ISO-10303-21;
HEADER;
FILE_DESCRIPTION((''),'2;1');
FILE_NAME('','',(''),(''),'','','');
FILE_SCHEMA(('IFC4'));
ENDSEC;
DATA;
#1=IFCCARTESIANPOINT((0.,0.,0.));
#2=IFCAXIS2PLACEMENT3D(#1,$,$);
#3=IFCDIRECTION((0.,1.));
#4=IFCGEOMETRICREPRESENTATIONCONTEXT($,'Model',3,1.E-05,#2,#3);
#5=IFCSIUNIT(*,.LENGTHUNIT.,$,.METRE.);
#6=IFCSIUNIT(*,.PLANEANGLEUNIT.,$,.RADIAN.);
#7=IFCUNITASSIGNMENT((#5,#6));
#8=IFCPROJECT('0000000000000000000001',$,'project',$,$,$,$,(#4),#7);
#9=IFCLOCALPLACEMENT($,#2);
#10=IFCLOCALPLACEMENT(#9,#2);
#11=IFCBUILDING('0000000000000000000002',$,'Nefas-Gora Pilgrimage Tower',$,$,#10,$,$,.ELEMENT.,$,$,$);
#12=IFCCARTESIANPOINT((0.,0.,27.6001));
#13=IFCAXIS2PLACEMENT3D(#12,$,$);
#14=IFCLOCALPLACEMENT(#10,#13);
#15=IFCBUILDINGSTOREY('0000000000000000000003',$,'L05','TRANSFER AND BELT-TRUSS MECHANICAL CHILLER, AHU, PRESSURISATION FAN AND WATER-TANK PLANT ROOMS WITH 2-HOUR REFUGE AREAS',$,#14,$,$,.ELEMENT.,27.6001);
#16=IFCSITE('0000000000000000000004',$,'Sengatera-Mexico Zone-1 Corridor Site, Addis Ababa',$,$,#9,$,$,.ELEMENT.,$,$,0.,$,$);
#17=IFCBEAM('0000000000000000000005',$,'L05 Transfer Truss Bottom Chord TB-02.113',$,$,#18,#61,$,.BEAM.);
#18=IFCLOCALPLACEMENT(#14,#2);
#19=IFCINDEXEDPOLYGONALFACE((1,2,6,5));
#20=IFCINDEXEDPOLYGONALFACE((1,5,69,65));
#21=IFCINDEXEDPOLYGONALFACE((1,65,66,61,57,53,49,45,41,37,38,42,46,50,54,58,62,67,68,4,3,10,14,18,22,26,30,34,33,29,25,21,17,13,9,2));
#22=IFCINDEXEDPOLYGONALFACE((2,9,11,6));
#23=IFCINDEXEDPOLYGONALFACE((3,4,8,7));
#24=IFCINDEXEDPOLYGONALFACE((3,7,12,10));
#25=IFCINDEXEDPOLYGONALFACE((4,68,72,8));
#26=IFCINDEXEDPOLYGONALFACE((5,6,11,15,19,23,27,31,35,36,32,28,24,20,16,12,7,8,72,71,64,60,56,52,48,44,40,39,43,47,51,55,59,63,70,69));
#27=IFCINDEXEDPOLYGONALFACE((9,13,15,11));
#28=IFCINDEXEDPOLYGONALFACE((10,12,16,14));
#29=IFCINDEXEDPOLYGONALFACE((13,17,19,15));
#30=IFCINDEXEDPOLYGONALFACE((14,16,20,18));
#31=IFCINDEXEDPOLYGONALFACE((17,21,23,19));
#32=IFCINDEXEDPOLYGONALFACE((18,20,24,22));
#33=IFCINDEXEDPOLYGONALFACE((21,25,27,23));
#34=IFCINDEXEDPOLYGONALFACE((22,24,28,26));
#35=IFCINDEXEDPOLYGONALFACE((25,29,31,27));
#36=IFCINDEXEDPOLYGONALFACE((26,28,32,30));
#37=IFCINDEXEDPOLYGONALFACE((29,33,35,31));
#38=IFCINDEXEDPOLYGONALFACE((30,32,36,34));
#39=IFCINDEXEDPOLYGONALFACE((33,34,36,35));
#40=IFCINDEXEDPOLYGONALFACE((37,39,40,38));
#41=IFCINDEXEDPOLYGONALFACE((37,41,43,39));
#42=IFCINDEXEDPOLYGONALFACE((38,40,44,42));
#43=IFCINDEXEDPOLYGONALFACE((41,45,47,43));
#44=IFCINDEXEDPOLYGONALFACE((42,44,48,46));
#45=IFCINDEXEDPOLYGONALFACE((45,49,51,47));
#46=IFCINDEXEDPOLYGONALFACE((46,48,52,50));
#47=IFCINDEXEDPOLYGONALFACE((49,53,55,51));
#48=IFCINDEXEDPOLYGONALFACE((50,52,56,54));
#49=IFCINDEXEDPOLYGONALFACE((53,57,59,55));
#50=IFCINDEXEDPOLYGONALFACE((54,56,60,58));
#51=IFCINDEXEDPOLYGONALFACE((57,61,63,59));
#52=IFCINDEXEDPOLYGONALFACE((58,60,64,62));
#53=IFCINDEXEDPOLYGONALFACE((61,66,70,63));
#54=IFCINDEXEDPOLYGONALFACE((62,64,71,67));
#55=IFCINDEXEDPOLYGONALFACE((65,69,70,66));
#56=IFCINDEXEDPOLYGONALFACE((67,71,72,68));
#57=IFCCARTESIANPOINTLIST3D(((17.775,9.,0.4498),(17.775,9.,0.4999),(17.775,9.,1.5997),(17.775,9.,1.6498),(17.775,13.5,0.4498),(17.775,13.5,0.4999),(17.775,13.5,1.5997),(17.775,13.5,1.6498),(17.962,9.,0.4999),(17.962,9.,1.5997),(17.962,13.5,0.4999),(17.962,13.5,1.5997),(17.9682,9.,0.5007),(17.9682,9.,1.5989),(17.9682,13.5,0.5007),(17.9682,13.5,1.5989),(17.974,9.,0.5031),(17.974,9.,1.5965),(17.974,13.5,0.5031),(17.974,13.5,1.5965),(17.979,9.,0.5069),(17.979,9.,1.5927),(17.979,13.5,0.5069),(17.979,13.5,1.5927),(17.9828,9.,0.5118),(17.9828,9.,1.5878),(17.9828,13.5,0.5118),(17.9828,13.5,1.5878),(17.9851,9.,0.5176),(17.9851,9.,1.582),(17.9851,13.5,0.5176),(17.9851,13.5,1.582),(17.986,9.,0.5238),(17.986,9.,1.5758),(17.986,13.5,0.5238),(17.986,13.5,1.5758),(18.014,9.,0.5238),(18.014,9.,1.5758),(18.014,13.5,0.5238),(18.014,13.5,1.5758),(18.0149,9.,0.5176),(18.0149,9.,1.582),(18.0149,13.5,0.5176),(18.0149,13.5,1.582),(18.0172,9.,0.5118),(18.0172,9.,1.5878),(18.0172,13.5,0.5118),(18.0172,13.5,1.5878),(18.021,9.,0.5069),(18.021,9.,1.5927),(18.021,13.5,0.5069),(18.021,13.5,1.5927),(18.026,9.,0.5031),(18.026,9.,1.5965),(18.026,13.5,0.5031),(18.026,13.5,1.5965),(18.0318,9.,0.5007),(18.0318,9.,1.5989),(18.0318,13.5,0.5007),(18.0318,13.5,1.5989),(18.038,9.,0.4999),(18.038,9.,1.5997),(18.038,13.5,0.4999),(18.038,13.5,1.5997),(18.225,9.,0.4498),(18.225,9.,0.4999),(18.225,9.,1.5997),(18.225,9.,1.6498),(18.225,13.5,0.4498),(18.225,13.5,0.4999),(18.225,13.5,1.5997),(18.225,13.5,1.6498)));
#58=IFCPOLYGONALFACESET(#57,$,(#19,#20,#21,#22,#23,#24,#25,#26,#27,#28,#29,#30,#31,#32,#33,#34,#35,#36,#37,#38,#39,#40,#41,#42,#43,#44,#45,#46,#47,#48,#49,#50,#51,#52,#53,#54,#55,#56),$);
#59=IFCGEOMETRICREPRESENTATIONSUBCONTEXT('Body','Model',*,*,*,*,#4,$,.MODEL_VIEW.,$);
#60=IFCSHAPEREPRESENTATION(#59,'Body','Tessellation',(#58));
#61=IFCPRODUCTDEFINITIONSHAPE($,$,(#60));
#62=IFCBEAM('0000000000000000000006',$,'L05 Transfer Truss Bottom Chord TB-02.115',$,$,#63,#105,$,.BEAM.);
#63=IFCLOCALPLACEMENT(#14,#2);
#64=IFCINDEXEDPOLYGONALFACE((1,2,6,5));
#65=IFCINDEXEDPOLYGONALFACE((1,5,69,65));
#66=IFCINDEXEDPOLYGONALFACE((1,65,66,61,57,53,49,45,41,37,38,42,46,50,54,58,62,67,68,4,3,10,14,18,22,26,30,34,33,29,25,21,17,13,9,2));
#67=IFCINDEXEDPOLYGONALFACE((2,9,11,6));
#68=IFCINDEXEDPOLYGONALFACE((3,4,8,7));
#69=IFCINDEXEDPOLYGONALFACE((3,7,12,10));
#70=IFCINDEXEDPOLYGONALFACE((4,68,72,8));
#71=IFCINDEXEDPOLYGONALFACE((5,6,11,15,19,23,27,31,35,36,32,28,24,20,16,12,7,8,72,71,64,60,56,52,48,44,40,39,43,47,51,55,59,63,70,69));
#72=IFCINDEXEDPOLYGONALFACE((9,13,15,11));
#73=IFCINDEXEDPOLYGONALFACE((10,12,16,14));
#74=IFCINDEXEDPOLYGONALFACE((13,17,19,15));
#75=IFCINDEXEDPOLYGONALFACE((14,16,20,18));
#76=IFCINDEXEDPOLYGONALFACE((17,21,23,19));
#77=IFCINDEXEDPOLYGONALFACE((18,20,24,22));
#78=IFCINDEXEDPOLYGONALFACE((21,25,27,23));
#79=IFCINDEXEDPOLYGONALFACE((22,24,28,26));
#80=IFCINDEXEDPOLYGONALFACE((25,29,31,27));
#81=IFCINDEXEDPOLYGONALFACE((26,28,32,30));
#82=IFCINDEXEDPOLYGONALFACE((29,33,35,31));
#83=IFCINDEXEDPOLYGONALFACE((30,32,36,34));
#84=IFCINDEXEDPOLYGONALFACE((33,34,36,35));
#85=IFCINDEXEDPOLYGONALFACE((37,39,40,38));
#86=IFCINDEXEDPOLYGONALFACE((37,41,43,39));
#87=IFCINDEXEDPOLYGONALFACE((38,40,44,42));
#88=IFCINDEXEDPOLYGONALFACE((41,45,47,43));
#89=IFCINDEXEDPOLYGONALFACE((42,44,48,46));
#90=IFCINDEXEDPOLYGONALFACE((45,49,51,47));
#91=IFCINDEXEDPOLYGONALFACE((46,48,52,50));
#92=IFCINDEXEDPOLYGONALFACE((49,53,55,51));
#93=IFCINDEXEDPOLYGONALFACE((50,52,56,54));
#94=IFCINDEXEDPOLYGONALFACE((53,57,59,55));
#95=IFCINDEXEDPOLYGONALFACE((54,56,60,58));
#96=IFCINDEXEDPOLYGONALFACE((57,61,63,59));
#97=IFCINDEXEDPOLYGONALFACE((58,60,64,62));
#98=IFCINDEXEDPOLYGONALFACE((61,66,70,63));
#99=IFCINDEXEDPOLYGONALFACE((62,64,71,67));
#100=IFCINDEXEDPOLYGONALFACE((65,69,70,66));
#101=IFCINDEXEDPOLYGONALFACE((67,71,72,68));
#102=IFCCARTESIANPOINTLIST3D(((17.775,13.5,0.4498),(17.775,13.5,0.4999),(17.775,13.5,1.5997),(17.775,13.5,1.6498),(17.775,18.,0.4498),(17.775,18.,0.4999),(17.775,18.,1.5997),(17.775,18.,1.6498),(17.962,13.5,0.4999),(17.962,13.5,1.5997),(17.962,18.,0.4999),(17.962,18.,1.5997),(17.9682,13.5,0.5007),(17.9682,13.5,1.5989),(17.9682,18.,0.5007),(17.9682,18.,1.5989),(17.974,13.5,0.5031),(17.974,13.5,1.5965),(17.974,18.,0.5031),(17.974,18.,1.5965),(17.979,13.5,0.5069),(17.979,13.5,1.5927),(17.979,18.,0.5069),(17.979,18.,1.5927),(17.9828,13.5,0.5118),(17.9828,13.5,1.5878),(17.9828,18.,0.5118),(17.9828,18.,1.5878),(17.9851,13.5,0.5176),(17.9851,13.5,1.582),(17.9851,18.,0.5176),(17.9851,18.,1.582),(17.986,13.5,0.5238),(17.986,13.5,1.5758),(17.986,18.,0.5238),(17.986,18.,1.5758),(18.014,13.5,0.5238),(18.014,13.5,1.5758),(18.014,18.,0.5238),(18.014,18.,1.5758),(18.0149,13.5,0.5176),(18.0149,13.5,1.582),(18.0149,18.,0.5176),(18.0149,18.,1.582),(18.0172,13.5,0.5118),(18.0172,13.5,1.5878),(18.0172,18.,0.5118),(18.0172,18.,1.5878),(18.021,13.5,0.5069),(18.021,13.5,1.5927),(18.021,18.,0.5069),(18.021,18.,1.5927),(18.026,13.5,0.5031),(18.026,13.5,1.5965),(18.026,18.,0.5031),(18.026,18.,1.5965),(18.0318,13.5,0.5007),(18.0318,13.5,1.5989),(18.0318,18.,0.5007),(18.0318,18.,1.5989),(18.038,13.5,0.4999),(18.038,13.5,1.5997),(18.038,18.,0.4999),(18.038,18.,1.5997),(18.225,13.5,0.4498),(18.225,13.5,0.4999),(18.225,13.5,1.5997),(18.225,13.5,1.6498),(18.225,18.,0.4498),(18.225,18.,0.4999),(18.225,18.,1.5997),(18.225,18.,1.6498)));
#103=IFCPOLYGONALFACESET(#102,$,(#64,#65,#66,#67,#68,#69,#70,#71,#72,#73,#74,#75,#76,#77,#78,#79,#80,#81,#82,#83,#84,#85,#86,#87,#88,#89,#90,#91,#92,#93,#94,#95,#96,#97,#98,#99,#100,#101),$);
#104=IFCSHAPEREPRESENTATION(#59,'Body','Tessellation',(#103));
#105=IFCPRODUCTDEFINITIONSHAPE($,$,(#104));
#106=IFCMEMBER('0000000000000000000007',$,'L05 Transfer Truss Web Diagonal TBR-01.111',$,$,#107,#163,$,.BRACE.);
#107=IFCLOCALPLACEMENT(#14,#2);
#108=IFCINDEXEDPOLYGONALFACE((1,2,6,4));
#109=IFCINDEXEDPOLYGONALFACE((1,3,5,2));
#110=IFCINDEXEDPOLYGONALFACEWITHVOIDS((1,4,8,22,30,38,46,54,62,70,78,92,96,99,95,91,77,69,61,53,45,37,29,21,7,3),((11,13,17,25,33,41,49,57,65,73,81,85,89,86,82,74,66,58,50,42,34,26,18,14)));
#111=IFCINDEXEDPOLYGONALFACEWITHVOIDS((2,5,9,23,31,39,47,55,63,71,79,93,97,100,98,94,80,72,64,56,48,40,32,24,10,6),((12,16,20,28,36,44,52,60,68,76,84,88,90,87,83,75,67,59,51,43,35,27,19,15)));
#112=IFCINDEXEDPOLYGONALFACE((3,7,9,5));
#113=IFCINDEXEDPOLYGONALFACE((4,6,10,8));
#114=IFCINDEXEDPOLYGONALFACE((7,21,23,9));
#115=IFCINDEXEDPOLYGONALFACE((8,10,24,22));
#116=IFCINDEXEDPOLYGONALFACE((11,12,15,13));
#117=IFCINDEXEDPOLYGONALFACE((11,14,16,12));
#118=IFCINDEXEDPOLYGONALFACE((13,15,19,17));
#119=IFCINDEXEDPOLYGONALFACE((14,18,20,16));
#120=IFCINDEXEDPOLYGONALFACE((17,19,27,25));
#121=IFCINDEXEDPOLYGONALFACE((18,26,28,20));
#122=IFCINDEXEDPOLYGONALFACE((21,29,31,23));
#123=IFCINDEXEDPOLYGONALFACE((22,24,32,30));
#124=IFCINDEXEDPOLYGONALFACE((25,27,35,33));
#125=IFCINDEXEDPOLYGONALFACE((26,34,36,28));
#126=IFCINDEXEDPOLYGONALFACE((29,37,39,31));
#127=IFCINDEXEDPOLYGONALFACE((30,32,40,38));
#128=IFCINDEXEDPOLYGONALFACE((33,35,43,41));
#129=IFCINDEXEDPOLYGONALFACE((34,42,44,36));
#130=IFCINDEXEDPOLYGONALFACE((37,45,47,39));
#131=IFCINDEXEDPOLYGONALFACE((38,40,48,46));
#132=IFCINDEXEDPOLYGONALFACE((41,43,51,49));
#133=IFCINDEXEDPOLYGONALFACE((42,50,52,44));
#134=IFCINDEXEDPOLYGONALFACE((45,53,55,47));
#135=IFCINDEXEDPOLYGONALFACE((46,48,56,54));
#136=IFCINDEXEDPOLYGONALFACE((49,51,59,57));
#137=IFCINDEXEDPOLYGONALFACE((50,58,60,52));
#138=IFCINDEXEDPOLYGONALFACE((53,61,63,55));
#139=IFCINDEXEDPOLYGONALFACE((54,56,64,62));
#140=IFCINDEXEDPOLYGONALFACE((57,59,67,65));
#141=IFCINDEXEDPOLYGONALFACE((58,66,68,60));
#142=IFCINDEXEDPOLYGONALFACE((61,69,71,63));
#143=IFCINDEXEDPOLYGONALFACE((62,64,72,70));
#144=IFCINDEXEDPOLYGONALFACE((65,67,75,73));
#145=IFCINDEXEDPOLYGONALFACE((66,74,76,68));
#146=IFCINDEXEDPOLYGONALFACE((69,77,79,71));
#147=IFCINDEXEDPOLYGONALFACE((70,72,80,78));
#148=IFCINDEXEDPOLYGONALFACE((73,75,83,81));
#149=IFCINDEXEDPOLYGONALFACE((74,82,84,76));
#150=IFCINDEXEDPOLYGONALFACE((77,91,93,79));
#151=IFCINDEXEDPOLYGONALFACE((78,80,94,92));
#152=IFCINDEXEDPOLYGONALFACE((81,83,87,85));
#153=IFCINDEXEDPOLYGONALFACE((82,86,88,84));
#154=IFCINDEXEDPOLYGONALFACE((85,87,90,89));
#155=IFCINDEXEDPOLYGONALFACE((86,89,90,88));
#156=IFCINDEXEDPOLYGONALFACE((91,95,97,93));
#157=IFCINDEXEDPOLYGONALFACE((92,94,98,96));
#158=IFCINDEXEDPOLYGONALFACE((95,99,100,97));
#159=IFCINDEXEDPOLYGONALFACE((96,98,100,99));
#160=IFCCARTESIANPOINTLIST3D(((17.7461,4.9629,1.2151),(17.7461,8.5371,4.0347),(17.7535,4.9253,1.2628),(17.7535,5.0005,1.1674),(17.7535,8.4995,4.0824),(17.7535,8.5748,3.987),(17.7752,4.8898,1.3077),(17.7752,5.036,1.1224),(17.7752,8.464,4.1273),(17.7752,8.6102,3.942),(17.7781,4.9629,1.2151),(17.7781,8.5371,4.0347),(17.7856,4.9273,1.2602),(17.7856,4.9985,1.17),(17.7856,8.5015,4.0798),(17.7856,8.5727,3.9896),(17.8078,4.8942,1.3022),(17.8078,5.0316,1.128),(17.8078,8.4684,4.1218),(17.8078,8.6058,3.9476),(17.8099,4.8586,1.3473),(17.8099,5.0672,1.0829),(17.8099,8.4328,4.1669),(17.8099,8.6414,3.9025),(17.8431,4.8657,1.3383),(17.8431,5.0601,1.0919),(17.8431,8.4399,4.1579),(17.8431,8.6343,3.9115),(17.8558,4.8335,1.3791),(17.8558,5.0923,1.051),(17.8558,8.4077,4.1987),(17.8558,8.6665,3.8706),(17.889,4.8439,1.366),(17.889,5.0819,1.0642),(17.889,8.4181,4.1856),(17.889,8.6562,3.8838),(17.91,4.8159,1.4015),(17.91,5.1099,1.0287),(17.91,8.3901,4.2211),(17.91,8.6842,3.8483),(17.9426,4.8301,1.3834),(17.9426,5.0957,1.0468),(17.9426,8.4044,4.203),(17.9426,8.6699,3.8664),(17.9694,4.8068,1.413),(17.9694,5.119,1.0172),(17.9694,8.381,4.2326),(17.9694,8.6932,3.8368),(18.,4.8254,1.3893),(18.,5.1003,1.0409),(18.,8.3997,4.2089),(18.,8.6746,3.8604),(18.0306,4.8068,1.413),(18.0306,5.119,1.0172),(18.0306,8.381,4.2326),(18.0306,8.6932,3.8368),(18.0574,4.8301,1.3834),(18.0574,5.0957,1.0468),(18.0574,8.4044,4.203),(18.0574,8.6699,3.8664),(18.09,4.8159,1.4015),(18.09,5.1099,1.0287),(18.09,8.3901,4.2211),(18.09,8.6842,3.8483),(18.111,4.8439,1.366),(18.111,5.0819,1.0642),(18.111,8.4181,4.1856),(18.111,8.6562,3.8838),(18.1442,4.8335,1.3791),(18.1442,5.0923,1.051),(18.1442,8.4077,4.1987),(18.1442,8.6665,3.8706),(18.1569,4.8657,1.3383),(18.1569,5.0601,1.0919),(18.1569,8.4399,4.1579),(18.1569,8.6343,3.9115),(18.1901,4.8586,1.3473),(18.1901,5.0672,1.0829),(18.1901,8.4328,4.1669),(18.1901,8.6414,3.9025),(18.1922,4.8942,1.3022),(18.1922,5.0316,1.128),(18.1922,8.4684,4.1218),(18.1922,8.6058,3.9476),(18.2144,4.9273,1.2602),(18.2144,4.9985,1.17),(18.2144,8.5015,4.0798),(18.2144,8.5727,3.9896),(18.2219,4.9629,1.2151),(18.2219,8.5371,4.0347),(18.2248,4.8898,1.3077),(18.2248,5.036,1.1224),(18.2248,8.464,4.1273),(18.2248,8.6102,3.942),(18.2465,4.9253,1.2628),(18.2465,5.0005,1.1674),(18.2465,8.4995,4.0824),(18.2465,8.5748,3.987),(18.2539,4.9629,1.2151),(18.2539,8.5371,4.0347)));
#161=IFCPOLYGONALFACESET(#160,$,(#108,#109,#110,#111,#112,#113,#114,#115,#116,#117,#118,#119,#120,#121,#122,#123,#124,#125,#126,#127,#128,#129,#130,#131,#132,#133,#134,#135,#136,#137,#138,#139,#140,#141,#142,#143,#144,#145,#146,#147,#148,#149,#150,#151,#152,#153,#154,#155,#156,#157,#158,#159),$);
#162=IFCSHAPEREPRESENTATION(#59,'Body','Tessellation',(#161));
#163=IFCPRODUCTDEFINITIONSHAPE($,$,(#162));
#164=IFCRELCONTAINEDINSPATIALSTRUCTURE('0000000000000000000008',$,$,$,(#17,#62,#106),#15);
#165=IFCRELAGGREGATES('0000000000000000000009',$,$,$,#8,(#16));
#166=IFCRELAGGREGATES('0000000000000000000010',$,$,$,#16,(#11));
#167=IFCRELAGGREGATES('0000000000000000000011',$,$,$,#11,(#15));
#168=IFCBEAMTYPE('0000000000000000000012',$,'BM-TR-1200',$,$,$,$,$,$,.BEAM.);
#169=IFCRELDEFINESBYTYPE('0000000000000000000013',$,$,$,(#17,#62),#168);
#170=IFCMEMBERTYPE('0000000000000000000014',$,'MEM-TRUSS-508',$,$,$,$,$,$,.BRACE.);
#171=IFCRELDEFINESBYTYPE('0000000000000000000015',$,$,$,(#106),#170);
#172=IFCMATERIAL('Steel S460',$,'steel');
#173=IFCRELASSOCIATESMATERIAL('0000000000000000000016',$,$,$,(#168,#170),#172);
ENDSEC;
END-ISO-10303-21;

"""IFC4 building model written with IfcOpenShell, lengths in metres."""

from ifc_helpers import new_model, si_unit, direction, frame, origin, origin_2d, place, context, subcontext, project, spatial, hollow_circle, i_section, extrude, source, transform, mapped, material, material_profile, profile_set, type_object, element, save


model = new_model("IFC4")

# Units and contexts
model_context = context("Model", 3, precision=1e-05, world=origin(), true_north=direction((0.0, 1.0)))
body_context = subcontext(model_context, "Body", "Model", "MODEL_VIEW")
ifc_project = project(units=[si_unit("LENGTHUNIT", "METRE"), si_unit("PLANEANGLEUNIT", "RADIAN")], contexts=[model_context])

# Site, building, storey
site_placement = place(None, origin())
site = spatial("IfcSite", under=ifc_project, at=site_placement, Name="Sengatera-Mexico Zone-1 Corridor Site, Addis Ababa", CompositionType="ELEMENT", RefElevation=0.0)
building_placement = place(site_placement, origin())
building = spatial("IfcBuilding", under=site, at=building_placement, Name="Nefas-Gora Pilgrimage Tower", CompositionType="ELEMENT")
storey_placement = place(building_placement, frame((0.0, 0.0, 27.6001)))
storey = spatial("IfcBuildingStorey", under=building, at=storey_placement, Name="L05", Description="TRANSFER AND BELT-TRUSS MECHANICAL CHILLER, AHU, PRESSURISATION FAN AND WATER-TANK PLANT ROOMS WITH 2-HOUR REFUGE AREAS", CompositionType="ELEMENT", Elevation=27.6001)

# Shared definitions
ifc_material = material(Name="Steel S460", Category="steel")

# Beams
ifc_material_profile_1 = material_profile(ifc_material, i_section(OverallWidth=0.45, OverallDepth=1.2, WebThickness=0.0281, FlangeThickness=0.05, FilletRadius=0.0239, at=origin_2d()), Name="WPG 1200x450x28x50")
ifc_profile_set_1 = profile_set([ifc_material_profile_1], Name="Steel S460")
beam_type_1 = type_object("IfcBeamType", Name="BM-TR-1200", PredefinedType="BEAM", material=ifc_profile_set_1)
shared_shape_1 = source(origin(), body_context, "Body", "SweptSolid", [
    extrude(i_section(OverallWidth=0.45, OverallDepth=1.2, WebThickness=0.0281, FlangeThickness=0.05, FilletRadius=0.0239, at=origin_2d()), origin(), (0.0, 0.0, 1.0), 4.5),
])
for number, where, z_axis, x_axis, name in (
    (1, (18.0, 9.0, 1.0498), (0.0, 1.0, 0.0), (-1.0, 0.0, 0.0), "L05 Transfer Truss Bottom Chord TB-02.113"),
    (2, (18.0, 13.5, 1.0498), (0.0, 1.0, 0.0), (-1.0, 0.0, 0.0), "L05 Transfer Truss Bottom Chord TB-02.115"),
):
    element("IfcBeam", number, at=place(storey_placement, frame(where, z_axis=z_axis, x_axis=x_axis)), inside=storey, type_object=beam_type_1, Name=name, PredefinedType="BEAM", context=body_context, shape_type="MappedRepresentation", body=[
        mapped(shared_shape_1, transform((0.0, 0.0, 0.0), x_axis=(1.0, 0.0, 0.0), y_axis=(0.0, 1.0, 0.0), z_axis=(0.0, 0.0, 1.0), scale=1.0)),
    ])

# Member
ifc_material_profile_2 = material_profile(ifc_material, hollow_circle(Radius=0.2539, WallThickness=0.032, at=origin_2d()), Name="CHS 508x32")
ifc_profile_set_2 = profile_set([ifc_material_profile_2], Name="Steel S460")
member_type = type_object("IfcMemberType", Name="MEM-TRUSS-508", PredefinedType="BRACE", material=ifc_profile_set_2)
shared_shape_2 = source(origin(), body_context, "Body", "SweptSolid", [
    extrude(hollow_circle(Radius=0.2539, WallThickness=0.032, at=origin_2d()), origin(), (0.0, 0.0, 1.0), 4.5525),
])
for number, where, z_axis, x_axis, name in (
    (3, (18.0, 4.9629, 1.2151), (0.0, 0.785115, 0.61935), (-1.0, 0.0, 0.0), "L05 Transfer Truss Web Diagonal TBR-01.111"),
):
    element("IfcMember", number, at=place(storey_placement, frame(where, z_axis=z_axis, x_axis=x_axis)), inside=storey, type_object=member_type, Name=name, PredefinedType="BRACE", context=body_context, shape_type="MappedRepresentation", body=[
        mapped(shared_shape_2, transform((0.0, 0.0, 0.0), x_axis=(1.0, 0.0, 0.0), y_axis=(0.0, 1.0, 0.0), z_axis=(0.0, 0.0, 1.0), scale=1.0)),
    ])

save(model, "model.ifc")
